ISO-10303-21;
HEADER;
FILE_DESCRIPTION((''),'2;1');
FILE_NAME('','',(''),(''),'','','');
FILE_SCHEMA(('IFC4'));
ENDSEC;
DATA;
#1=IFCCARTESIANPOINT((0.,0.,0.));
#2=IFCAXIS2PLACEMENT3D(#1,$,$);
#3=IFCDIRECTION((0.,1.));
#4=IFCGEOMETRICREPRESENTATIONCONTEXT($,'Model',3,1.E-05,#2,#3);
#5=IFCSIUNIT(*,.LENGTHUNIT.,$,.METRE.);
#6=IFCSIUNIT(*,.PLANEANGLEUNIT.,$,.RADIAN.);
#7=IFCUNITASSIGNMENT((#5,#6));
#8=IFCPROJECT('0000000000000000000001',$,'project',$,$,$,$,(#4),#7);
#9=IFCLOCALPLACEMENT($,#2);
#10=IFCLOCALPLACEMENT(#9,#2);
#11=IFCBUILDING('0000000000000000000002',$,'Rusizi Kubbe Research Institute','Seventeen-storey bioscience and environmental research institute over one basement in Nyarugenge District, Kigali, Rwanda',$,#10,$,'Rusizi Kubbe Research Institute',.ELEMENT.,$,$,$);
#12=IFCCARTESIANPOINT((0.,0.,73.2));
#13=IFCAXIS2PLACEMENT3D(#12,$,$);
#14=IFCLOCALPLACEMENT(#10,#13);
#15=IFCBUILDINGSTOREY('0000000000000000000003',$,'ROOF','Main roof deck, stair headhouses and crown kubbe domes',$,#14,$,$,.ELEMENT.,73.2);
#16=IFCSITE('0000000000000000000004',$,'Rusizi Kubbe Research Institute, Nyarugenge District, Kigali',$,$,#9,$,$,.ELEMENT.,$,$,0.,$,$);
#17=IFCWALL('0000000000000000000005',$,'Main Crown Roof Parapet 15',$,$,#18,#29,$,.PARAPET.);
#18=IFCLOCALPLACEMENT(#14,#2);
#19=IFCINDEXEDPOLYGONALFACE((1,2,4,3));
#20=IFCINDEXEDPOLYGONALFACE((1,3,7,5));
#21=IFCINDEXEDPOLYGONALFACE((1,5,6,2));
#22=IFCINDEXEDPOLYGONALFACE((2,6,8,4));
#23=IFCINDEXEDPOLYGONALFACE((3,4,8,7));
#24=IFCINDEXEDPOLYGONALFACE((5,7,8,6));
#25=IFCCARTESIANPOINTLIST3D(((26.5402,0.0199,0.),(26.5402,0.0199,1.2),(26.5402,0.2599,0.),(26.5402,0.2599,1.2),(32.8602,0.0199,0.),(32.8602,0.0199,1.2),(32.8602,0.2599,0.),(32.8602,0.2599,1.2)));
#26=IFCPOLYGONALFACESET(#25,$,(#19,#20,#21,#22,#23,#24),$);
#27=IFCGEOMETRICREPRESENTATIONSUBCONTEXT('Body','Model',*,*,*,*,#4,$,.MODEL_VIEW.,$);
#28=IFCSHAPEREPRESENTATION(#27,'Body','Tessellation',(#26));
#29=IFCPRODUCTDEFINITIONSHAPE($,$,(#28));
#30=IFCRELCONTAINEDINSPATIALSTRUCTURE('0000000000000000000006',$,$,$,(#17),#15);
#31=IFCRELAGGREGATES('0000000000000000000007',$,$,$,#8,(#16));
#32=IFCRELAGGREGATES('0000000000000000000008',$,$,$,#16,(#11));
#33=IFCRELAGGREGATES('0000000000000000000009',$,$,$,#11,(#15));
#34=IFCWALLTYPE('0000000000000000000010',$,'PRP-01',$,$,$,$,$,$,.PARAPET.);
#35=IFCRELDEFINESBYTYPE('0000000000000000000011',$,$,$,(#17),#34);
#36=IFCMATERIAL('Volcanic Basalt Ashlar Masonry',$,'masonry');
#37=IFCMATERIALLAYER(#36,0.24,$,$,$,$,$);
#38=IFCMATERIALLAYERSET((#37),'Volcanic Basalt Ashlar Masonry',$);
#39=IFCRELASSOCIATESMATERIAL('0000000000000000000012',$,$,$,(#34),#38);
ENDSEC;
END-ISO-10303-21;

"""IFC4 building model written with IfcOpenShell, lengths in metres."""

from ifc_helpers import new_model, si_unit, direction, frame, frame_2d, origin, place, context, subcontext, project, spatial, rectangle, extrude, material, layer, layer_set, type_object, element, save


model = new_model("IFC4")

# Units and contexts
model_context = context("Model", 3, precision=1e-05, world=origin(), true_north=direction((0.0, 1.0)))
body_context = subcontext(model_context, "Body", "Model", "MODEL_VIEW")
ifc_project = project(units=[si_unit("LENGTHUNIT", "METRE"), si_unit("PLANEANGLEUNIT", "RADIAN")], contexts=[model_context])

# Site, building, storey
site_placement = place(None, origin())
site = spatial("IfcSite", under=ifc_project, at=site_placement, Name="Rusizi Kubbe Research Institute, Nyarugenge District, Kigali", CompositionType="ELEMENT", RefElevation=0.0)
building_placement = place(site_placement, origin())
building = spatial("IfcBuilding", under=site, at=building_placement, Name="Rusizi Kubbe Research Institute", Description="Seventeen-storey bioscience and environmental research institute over one basement in Nyarugenge District, Kigali, Rwanda", LongName="Rusizi Kubbe Research Institute", CompositionType="ELEMENT")
storey_placement = place(building_placement, frame((0.0, 0.0, 73.2)))
storey = spatial("IfcBuildingStorey", under=building, at=storey_placement, Name="ROOF", Description="Main roof deck, stair headhouses and crown kubbe domes", CompositionType="ELEMENT", Elevation=73.2)

# Wall
ifc_material_1 = material(Name="Volcanic Basalt Ashlar Masonry", Category="masonry")
ifc_layer = layer(ifc_material_1, 0.24)
ifc_layer_set = layer_set([ifc_layer], Name="Volcanic Basalt Ashlar Masonry")
wall_type = type_object("IfcWallType", Name="PRP-01", PredefinedType="PARAPET", material=ifc_layer_set)
for number, where, z_axis, x_axis, name in (
    (1, (26.54, 0.1399, 0.0), (0.0, 0.0, 1.0), (1.0, 0.0, 0.0), "Main Crown Roof Parapet 15"),
):
    element("IfcWall", number, at=place(storey_placement, frame(where, z_axis=z_axis, x_axis=x_axis)), inside=storey, type_object=wall_type, Name=name, PredefinedType="PARAPET", context=body_context, shape_type="SweptSolid", body=[
        extrude(rectangle(XDim=6.3201, YDim=0.24, at=frame_2d((3.1602, 0.0))), origin(), (0.0, 0.0, 1.0), 1.2),
    ])

save(model, "model.ifc")
